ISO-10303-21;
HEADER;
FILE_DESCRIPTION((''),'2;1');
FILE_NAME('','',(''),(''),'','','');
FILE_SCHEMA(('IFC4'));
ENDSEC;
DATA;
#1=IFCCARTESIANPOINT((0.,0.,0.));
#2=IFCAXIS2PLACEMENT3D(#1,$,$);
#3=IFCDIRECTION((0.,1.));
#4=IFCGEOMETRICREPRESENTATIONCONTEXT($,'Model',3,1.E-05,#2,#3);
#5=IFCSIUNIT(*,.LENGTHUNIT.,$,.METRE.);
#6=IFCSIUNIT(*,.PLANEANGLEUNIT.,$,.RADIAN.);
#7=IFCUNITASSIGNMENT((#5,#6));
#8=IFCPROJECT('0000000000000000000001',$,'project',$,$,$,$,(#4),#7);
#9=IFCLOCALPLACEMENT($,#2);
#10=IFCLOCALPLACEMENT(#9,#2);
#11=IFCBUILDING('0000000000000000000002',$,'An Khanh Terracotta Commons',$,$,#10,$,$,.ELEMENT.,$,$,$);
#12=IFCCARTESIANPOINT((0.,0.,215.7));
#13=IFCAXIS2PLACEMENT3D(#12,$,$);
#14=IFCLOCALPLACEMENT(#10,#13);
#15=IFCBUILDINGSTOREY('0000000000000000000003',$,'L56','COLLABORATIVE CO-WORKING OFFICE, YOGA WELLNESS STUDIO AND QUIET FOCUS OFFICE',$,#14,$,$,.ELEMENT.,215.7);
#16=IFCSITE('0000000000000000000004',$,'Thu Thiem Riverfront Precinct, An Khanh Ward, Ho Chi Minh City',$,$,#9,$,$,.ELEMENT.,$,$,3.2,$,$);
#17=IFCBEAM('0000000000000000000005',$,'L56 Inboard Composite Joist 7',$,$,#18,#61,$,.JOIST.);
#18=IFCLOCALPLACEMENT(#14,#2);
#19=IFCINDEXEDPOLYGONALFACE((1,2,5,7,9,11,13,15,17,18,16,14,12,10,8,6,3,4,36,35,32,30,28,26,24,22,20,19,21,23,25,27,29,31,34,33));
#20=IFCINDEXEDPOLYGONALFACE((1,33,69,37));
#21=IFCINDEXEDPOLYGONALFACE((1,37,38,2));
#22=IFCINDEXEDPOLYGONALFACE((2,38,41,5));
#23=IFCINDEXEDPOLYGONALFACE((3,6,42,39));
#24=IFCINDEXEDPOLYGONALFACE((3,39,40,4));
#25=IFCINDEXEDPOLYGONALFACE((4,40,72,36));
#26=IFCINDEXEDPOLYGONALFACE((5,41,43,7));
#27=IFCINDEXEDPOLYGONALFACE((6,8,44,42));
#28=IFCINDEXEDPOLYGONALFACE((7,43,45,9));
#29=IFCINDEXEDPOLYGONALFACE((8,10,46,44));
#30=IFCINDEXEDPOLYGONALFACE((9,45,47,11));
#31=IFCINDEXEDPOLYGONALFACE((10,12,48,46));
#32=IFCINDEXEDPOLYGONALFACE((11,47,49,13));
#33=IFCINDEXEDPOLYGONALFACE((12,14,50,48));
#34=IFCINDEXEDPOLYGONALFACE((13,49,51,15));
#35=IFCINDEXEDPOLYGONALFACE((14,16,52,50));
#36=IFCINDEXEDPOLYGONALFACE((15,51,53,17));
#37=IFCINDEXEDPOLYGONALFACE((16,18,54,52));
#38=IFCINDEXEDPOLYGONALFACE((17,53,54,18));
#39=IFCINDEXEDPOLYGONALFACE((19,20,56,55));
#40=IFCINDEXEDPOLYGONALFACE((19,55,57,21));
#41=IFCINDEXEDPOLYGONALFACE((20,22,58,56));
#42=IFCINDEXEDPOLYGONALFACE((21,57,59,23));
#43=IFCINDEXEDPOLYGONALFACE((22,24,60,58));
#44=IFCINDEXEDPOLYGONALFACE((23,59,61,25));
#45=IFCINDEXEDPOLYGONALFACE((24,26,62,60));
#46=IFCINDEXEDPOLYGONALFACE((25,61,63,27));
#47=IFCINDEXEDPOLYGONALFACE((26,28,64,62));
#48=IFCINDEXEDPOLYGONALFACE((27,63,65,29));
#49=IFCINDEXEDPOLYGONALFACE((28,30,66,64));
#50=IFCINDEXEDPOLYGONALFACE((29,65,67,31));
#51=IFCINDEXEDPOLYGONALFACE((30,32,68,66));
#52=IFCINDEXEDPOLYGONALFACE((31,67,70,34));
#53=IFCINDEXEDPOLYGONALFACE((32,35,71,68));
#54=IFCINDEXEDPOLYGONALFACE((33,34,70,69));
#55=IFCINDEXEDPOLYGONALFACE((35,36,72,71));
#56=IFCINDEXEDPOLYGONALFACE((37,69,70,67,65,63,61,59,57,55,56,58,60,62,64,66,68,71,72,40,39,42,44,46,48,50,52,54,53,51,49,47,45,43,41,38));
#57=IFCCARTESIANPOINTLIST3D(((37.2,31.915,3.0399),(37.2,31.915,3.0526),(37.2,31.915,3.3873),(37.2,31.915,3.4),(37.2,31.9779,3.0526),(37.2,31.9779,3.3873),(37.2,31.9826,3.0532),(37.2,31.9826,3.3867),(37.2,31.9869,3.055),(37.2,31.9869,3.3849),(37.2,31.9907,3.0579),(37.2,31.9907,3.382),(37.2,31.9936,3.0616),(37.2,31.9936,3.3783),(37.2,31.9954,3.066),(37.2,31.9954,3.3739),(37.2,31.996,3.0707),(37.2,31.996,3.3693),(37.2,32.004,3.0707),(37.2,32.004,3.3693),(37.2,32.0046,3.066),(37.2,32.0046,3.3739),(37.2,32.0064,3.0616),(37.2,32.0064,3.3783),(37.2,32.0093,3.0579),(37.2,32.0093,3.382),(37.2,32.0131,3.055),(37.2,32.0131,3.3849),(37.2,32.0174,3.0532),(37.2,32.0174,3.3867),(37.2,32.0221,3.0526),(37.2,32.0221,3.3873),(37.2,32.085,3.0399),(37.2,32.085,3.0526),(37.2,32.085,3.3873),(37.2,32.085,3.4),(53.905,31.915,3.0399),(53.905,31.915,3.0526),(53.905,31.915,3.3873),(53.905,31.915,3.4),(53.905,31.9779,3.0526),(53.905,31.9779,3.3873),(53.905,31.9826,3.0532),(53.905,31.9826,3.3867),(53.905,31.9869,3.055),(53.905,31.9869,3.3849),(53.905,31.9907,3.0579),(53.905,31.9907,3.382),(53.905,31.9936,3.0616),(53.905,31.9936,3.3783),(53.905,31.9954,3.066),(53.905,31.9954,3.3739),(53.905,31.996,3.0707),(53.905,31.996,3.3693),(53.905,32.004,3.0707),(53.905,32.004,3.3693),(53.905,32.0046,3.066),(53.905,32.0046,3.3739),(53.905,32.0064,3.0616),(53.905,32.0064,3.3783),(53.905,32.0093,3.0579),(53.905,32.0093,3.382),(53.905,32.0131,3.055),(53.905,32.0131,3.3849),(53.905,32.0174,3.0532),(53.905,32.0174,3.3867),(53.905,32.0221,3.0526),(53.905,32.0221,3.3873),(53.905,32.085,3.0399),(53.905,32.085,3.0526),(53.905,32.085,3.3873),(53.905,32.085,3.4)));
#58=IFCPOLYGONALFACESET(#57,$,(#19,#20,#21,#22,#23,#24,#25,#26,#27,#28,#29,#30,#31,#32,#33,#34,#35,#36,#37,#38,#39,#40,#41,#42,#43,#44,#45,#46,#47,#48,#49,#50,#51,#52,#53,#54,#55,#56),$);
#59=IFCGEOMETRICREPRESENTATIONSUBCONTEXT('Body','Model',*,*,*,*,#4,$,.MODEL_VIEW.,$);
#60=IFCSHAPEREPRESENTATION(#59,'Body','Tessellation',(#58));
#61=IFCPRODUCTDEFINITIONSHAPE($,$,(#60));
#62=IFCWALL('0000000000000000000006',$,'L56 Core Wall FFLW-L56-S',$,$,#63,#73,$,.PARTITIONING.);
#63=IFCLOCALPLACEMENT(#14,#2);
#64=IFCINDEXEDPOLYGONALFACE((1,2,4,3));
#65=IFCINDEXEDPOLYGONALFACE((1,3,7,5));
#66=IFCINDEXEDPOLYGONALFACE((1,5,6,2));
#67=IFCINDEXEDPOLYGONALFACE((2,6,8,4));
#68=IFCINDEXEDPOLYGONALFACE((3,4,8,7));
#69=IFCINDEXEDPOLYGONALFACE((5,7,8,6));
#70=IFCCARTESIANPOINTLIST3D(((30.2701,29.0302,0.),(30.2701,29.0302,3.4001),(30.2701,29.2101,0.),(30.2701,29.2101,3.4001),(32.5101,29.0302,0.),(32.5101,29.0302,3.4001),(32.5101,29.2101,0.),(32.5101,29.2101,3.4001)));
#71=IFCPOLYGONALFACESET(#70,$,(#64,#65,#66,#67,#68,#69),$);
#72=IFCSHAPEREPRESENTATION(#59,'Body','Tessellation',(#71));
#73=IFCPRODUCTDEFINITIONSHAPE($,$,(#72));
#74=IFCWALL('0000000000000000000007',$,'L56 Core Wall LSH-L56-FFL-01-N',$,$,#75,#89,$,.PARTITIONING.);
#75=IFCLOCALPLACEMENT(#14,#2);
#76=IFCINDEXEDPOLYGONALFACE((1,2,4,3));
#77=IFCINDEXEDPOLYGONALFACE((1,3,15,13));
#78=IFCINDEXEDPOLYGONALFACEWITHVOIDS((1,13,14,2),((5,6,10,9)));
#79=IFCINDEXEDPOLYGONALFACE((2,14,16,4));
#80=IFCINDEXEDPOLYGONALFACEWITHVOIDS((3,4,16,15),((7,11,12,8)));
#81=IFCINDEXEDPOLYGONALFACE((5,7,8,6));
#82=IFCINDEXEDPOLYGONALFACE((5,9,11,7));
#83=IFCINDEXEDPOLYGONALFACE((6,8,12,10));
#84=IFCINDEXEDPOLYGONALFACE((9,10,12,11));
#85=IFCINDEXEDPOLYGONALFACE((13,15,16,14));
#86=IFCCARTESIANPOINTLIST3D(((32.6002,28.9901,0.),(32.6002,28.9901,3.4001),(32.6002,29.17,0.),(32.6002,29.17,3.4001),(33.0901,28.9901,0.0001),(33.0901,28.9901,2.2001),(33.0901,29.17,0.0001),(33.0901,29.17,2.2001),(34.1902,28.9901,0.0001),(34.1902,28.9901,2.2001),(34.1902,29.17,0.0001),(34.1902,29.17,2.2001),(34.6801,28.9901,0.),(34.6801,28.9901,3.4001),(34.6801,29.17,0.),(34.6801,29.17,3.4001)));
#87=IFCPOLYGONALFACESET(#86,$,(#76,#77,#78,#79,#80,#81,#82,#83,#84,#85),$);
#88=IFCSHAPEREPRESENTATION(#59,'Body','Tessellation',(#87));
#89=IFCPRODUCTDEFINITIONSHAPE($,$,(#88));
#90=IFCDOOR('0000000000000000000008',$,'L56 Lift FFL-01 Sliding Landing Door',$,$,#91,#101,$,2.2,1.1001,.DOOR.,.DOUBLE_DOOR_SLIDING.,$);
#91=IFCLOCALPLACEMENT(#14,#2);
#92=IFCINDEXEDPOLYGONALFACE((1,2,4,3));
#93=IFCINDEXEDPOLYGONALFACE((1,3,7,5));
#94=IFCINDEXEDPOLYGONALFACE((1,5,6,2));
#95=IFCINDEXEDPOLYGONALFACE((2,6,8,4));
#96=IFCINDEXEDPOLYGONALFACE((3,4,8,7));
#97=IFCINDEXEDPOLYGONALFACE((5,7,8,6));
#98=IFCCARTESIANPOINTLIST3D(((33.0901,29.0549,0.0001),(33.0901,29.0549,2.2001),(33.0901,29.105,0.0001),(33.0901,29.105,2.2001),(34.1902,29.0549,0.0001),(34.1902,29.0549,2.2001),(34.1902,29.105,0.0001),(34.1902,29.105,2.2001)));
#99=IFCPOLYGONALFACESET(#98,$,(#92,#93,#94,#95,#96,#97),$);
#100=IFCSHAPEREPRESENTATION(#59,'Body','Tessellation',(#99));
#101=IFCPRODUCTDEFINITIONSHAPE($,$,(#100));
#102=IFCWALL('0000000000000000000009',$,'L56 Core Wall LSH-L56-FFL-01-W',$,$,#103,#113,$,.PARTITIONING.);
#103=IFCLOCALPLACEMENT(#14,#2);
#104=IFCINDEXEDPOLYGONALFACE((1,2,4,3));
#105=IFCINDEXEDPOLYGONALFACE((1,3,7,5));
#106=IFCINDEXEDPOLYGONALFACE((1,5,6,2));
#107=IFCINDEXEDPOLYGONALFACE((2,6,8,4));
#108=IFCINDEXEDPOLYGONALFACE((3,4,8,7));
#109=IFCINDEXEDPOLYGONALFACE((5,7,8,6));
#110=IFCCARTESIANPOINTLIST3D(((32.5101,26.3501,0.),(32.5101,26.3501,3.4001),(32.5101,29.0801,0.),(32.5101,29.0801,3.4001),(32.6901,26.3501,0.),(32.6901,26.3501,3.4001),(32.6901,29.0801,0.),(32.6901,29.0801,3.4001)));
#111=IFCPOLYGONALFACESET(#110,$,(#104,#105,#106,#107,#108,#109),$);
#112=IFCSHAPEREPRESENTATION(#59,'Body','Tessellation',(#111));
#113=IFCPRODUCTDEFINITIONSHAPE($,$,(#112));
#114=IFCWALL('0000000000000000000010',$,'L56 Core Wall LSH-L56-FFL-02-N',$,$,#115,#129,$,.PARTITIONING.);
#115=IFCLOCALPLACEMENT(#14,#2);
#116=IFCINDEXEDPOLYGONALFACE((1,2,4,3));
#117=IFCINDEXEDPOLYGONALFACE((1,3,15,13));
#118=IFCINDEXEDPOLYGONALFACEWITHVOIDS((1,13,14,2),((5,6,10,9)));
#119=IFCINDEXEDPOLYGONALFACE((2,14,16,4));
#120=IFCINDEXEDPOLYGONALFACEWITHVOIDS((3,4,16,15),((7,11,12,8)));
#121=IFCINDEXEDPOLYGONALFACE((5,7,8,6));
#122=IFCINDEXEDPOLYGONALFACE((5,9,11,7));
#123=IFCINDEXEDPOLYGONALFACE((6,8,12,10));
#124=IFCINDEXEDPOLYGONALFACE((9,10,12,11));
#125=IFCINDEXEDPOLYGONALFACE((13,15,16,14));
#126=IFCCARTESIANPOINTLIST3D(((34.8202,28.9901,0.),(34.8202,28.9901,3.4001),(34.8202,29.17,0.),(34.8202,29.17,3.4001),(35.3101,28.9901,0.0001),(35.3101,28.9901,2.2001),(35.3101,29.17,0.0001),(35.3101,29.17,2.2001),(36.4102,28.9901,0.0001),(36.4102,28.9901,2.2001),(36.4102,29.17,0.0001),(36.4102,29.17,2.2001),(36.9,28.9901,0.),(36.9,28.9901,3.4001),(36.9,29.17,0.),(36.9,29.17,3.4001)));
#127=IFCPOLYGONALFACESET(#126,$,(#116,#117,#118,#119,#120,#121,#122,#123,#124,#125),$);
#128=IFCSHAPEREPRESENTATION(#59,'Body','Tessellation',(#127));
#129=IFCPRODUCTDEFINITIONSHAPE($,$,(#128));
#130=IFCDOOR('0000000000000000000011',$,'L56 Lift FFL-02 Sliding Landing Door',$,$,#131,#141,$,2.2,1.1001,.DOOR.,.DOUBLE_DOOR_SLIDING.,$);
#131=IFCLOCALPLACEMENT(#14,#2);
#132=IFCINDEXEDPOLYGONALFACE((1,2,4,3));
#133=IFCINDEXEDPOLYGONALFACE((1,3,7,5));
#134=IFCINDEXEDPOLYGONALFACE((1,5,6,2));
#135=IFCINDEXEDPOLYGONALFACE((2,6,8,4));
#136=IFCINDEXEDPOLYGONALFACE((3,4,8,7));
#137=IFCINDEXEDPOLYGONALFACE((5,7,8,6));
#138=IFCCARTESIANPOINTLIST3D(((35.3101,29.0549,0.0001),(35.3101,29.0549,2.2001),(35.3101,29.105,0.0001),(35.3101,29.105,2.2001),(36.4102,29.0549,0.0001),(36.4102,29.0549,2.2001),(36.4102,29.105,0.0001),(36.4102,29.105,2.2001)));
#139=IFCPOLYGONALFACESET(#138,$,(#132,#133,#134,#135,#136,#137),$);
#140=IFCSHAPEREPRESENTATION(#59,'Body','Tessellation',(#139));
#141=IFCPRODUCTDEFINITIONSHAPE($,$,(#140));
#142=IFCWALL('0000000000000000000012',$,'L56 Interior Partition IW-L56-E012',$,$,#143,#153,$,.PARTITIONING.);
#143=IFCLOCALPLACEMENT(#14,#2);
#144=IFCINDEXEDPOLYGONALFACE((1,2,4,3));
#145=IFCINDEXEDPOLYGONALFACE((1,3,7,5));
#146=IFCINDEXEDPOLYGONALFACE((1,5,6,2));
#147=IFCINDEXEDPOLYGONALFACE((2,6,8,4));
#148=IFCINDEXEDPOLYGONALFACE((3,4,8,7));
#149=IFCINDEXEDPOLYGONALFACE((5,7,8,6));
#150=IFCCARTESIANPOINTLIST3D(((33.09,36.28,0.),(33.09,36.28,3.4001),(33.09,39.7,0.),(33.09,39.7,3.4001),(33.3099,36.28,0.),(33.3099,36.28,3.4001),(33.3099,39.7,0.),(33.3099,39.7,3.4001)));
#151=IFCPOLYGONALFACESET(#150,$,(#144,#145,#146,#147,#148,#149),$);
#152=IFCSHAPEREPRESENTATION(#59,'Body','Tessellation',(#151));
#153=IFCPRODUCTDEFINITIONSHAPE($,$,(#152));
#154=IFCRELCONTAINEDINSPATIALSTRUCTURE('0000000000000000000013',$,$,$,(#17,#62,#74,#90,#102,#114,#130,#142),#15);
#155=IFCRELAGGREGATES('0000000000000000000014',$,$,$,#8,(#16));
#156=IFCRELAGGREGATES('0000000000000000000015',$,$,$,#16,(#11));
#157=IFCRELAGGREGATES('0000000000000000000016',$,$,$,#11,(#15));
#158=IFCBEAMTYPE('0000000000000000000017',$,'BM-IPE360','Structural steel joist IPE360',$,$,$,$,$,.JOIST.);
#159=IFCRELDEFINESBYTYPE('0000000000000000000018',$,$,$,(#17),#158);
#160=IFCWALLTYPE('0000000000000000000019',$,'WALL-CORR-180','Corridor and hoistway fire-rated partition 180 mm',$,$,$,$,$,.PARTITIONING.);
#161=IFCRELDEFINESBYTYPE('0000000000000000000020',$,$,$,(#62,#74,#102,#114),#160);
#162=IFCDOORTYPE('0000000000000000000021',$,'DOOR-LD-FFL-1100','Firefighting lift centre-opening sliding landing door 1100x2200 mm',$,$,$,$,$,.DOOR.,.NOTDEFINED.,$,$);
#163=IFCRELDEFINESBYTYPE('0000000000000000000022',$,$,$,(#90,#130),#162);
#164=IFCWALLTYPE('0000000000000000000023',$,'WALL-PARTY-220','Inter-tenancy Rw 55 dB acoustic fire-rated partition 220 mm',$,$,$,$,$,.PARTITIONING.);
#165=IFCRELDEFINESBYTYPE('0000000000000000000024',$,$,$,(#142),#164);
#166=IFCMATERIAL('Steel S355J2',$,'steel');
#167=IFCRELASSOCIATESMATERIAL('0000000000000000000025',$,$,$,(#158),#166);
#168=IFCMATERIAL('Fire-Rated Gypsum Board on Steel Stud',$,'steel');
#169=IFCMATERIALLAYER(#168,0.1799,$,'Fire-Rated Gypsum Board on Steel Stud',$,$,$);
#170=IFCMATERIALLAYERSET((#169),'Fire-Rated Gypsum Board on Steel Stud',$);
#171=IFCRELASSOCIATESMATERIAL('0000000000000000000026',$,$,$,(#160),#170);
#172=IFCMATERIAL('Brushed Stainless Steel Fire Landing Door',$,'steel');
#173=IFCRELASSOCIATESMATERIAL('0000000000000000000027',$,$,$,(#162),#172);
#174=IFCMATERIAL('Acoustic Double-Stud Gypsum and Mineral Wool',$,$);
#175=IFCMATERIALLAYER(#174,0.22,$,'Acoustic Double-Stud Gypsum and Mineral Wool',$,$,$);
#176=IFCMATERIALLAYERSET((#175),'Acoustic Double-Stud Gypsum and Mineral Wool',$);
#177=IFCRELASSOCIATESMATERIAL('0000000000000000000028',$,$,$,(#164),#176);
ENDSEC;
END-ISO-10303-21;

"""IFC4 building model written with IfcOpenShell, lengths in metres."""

from ifc_helpers import new_model, si_unit, direction, frame, frame_2d, origin, origin_2d, place, context, subcontext, project, spatial, rectangle, i_section, extrude, material, layer, layer_set, material_profile, profile_set, type_object, element, fill, save


model = new_model("IFC4")

# Units and contexts
model_context = context("Model", 3, precision=1e-05, world=origin(), true_north=direction((0.0, 1.0)))
body_context = subcontext(model_context, "Body", "Model", "MODEL_VIEW")
ifc_project = project(units=[si_unit("LENGTHUNIT", "METRE"), si_unit("PLANEANGLEUNIT", "RADIAN")], contexts=[model_context])

# Site, building, storey
site_placement = place(None, origin())
site = spatial("IfcSite", under=ifc_project, at=site_placement, Name="Thu Thiem Riverfront Precinct, An Khanh Ward, Ho Chi Minh City", CompositionType="ELEMENT", RefElevation=3.2)
building_placement = place(site_placement, origin())
building = spatial("IfcBuilding", under=site, at=building_placement, Name="An Khanh Terracotta Commons", CompositionType="ELEMENT")
storey_placement = place(building_placement, frame((0.0, 0.0, 215.7)))
storey = spatial("IfcBuildingStorey", under=building, at=storey_placement, Name="L56", Description="COLLABORATIVE CO-WORKING OFFICE, YOGA WELLNESS STUDIO AND QUIET FOCUS OFFICE", CompositionType="ELEMENT", Elevation=215.7)

# Beam
ifc_material_1 = material(Name="Steel S355J2", Category="steel")
ifc_material_profile_1 = material_profile(ifc_material_1, i_section(OverallWidth=0.1699, OverallDepth=0.3601, WebThickness=0.0081, FlangeThickness=0.0127, FilletRadius=0.0181, at=origin_2d()), Name="IPE360")
ifc_profile_set_1 = profile_set([ifc_material_profile_1], Name="Steel S355J2")
beam_type_1 = type_object("IfcBeamType", Name="BM-IPE360", Description="Structural steel joist IPE360", PredefinedType="JOIST", material=ifc_profile_set_1)
for number, where, z_axis, x_axis, name in (
    (1, (37.2, 32.0, 3.22), (1.0, 0.0, 0.0), (0.0, 1.0, 0.0), "L56 Inboard Composite Joist 7"),
):
    element("IfcBeam", number, at=place(storey_placement, frame(where, z_axis=z_axis, x_axis=x_axis)), inside=storey, type_object=beam_type_1, Name=name, PredefinedType="JOIST", context=body_context, shape_type="SweptSolid", body=[
        extrude(i_section(OverallWidth=0.1699, OverallDepth=0.3601, WebThickness=0.0081, FlangeThickness=0.0127, FilletRadius=0.0181, at=origin_2d()), origin(), (0.0, 0.0, 1.0), 16.7051),
    ])

# Wall
ifc_material_2 = material(Name="Fire-Rated Gypsum Board on Steel Stud", Category="steel")
ifc_layer_1 = layer(ifc_material_2, 0.1799, Name="Fire-Rated Gypsum Board on Steel Stud")
ifc_layer_set_1 = layer_set([ifc_layer_1], Name="Fire-Rated Gypsum Board on Steel Stud")
wall_type_1 = type_object("IfcWallType", Name="WALL-CORR-180", Description="Corridor and hoistway fire-rated partition 180 mm", PredefinedType="PARTITIONING", material=ifc_layer_set_1)
wall_1_placement = place(storey_placement, frame((30.27, 29.1201, 0.0), z_axis=(0.0, 0.0, 1.0), x_axis=(1.0, 0.0, 0.0)))
element("IfcWall", 2, at=wall_1_placement, inside=storey, type_object=wall_type_1, Name="L56 Core Wall FFLW-L56-S", PredefinedType="PARTITIONING", context=body_context, shape_type="SweptSolid", body=[
    extrude(rectangle(XDim=2.24, YDim=0.1799, at=frame_2d((1.1201, 0.0))), origin(), (0.0, 0.0, 1.0), 3.4001),
])

# Wall, opening, door
wall_2_placement = place(storey_placement, frame((32.6001, 29.0801, 0.0), z_axis=(0.0, 0.0, 1.0), x_axis=(1.0, 0.0, 0.0)))
wall_2 = element("IfcWall", 3, at=wall_2_placement, inside=storey, type_object=wall_type_1, Name="L56 Core Wall LSH-L56-FFL-01-N", PredefinedType="PARTITIONING", context=body_context, shape_type="SweptSolid", body=[
    extrude(rectangle(XDim=2.0798, YDim=0.1799, at=frame_2d((1.04, 0.0))), origin(), (0.0, 0.0, 1.0), 3.4001),
])
opening_1_placement = place(wall_2_placement, frame((0.49, 0.0, 0.0)))
opening_1 = element("IfcOpeningElement", 4, at=opening_1_placement, cuts=wall_2, PredefinedType="OPENING", context=body_context, shape_type="SweptSolid", body=[
    extrude(rectangle(XDim=1.1001, YDim=2.2, at=frame_2d((0.55, 1.1001))), frame((0.0, 0.0999, 0.0), z_axis=(0.0, -1.0, 0.0), x_axis=(1.0, 0.0, 0.0)), (0.0, 0.0, 1.0), 0.2),
])
ifc_material_3 = material(Name="Brushed Stainless Steel Fire Landing Door", Category="steel")
door_type_1 = type_object("IfcDoorType", Name="DOOR-LD-FFL-1100", Description="Firefighting lift centre-opening sliding landing door 1100x2200 mm", OperationType="NOTDEFINED", PredefinedType="DOOR", material=ifc_material_3)
door_1_placement = place(opening_1_placement, origin())
door_1 = element("IfcDoor", 5, at=door_1_placement, inside=storey, type_object=door_type_1, Name="L56 Lift FFL-01 Sliding Landing Door", OperationType="DOUBLE_DOOR_SLIDING", OverallHeight=2.2, OverallWidth=1.1001, PredefinedType="DOOR", context=body_context, shape_type="SweptSolid", body=[
    extrude(rectangle(XDim=1.1001, YDim=2.2, at=frame_2d((0.55, 1.1001))), frame((0.0, 0.0249, 0.0), z_axis=(0.0, -1.0, 0.0), x_axis=(1.0, 0.0, 0.0)), (0.0, 0.0, 1.0), 0.05),
])
fill(opening_1, door_1)

# Wall
wall_3_placement = place(storey_placement, frame((32.6001, 29.0801, 0.0), z_axis=(0.0, 0.0, 1.0), x_axis=(0.0, -1.0, 0.0)))
element("IfcWall", 6, at=wall_3_placement, inside=storey, type_object=wall_type_1, Name="L56 Core Wall LSH-L56-FFL-01-W", PredefinedType="PARTITIONING", context=body_context, shape_type="SweptSolid", body=[
    extrude(rectangle(XDim=2.73, YDim=0.1799, at=frame_2d((1.365, 0.0))), origin(), (0.0, 0.0, 1.0), 3.4001),
])

# Wall, opening, door
wall_4_placement = place(storey_placement, frame((34.8201, 29.0801, 0.0), z_axis=(0.0, 0.0, 1.0), x_axis=(1.0, 0.0, 0.0)))
wall_4 = element("IfcWall", 7, at=wall_4_placement, inside=storey, type_object=wall_type_1, Name="L56 Core Wall LSH-L56-FFL-02-N", PredefinedType="PARTITIONING", context=body_context, shape_type="SweptSolid", body=[
    extrude(rectangle(XDim=2.0798, YDim=0.1799, at=frame_2d((1.04, 0.0))), origin(), (0.0, 0.0, 1.0), 3.4001),
])
opening_2_placement = place(wall_4_placement, frame((0.49, 0.0, 0.0)))
opening_2 = element("IfcOpeningElement", 8, at=opening_2_placement, cuts=wall_4, PredefinedType="OPENING", context=body_context, shape_type="SweptSolid", body=[
    extrude(rectangle(XDim=1.1001, YDim=2.2, at=frame_2d((0.55, 1.1001))), frame((0.0, 0.0999, 0.0), z_axis=(0.0, -1.0, 0.0), x_axis=(1.0, 0.0, 0.0)), (0.0, 0.0, 1.0), 0.2),
])
door_2_placement = place(opening_2_placement, origin())
door_2 = element("IfcDoor", 9, at=door_2_placement, inside=storey, type_object=door_type_1, Name="L56 Lift FFL-02 Sliding Landing Door", OperationType="DOUBLE_DOOR_SLIDING", OverallHeight=2.2, OverallWidth=1.1001, PredefinedType="DOOR", context=body_context, shape_type="SweptSolid", body=[
    extrude(rectangle(XDim=1.1001, YDim=2.2, at=frame_2d((0.55, 1.1001))), frame((0.0, 0.0249, 0.0), z_axis=(0.0, -1.0, 0.0), x_axis=(1.0, 0.0, 0.0)), (0.0, 0.0, 1.0), 0.05),
])
fill(opening_2, door_2)

# Wall
ifc_material_4 = material(Name="Acoustic Double-Stud Gypsum and Mineral Wool")
ifc_layer_2 = layer(ifc_material_4, 0.22, Name="Acoustic Double-Stud Gypsum and Mineral Wool")
ifc_layer_set_2 = layer_set([ifc_layer_2], Name="Acoustic Double-Stud Gypsum and Mineral Wool")
wall_type_2 = type_object("IfcWallType", Name="WALL-PARTY-220", Description="Inter-tenancy Rw 55 dB acoustic fire-rated partition 220 mm", PredefinedType="PARTITIONING", material=ifc_layer_set_2)
wall_5_placement = place(storey_placement, frame((33.2, 36.28, 0.0), z_axis=(0.0, 0.0, 1.0), x_axis=(0.0, 1.0, 0.0)))
element("IfcWall", 10, at=wall_5_placement, inside=storey, type_object=wall_type_2, Name="L56 Interior Partition IW-L56-E012", PredefinedType="PARTITIONING", context=body_context, shape_type="SweptSolid", body=[
    extrude(rectangle(XDim=3.4199, YDim=0.22, at=frame_2d((1.71, 0.0))), origin(), (0.0, 0.0, 1.0), 3.4001),
])

save(model, "model.ifc")
